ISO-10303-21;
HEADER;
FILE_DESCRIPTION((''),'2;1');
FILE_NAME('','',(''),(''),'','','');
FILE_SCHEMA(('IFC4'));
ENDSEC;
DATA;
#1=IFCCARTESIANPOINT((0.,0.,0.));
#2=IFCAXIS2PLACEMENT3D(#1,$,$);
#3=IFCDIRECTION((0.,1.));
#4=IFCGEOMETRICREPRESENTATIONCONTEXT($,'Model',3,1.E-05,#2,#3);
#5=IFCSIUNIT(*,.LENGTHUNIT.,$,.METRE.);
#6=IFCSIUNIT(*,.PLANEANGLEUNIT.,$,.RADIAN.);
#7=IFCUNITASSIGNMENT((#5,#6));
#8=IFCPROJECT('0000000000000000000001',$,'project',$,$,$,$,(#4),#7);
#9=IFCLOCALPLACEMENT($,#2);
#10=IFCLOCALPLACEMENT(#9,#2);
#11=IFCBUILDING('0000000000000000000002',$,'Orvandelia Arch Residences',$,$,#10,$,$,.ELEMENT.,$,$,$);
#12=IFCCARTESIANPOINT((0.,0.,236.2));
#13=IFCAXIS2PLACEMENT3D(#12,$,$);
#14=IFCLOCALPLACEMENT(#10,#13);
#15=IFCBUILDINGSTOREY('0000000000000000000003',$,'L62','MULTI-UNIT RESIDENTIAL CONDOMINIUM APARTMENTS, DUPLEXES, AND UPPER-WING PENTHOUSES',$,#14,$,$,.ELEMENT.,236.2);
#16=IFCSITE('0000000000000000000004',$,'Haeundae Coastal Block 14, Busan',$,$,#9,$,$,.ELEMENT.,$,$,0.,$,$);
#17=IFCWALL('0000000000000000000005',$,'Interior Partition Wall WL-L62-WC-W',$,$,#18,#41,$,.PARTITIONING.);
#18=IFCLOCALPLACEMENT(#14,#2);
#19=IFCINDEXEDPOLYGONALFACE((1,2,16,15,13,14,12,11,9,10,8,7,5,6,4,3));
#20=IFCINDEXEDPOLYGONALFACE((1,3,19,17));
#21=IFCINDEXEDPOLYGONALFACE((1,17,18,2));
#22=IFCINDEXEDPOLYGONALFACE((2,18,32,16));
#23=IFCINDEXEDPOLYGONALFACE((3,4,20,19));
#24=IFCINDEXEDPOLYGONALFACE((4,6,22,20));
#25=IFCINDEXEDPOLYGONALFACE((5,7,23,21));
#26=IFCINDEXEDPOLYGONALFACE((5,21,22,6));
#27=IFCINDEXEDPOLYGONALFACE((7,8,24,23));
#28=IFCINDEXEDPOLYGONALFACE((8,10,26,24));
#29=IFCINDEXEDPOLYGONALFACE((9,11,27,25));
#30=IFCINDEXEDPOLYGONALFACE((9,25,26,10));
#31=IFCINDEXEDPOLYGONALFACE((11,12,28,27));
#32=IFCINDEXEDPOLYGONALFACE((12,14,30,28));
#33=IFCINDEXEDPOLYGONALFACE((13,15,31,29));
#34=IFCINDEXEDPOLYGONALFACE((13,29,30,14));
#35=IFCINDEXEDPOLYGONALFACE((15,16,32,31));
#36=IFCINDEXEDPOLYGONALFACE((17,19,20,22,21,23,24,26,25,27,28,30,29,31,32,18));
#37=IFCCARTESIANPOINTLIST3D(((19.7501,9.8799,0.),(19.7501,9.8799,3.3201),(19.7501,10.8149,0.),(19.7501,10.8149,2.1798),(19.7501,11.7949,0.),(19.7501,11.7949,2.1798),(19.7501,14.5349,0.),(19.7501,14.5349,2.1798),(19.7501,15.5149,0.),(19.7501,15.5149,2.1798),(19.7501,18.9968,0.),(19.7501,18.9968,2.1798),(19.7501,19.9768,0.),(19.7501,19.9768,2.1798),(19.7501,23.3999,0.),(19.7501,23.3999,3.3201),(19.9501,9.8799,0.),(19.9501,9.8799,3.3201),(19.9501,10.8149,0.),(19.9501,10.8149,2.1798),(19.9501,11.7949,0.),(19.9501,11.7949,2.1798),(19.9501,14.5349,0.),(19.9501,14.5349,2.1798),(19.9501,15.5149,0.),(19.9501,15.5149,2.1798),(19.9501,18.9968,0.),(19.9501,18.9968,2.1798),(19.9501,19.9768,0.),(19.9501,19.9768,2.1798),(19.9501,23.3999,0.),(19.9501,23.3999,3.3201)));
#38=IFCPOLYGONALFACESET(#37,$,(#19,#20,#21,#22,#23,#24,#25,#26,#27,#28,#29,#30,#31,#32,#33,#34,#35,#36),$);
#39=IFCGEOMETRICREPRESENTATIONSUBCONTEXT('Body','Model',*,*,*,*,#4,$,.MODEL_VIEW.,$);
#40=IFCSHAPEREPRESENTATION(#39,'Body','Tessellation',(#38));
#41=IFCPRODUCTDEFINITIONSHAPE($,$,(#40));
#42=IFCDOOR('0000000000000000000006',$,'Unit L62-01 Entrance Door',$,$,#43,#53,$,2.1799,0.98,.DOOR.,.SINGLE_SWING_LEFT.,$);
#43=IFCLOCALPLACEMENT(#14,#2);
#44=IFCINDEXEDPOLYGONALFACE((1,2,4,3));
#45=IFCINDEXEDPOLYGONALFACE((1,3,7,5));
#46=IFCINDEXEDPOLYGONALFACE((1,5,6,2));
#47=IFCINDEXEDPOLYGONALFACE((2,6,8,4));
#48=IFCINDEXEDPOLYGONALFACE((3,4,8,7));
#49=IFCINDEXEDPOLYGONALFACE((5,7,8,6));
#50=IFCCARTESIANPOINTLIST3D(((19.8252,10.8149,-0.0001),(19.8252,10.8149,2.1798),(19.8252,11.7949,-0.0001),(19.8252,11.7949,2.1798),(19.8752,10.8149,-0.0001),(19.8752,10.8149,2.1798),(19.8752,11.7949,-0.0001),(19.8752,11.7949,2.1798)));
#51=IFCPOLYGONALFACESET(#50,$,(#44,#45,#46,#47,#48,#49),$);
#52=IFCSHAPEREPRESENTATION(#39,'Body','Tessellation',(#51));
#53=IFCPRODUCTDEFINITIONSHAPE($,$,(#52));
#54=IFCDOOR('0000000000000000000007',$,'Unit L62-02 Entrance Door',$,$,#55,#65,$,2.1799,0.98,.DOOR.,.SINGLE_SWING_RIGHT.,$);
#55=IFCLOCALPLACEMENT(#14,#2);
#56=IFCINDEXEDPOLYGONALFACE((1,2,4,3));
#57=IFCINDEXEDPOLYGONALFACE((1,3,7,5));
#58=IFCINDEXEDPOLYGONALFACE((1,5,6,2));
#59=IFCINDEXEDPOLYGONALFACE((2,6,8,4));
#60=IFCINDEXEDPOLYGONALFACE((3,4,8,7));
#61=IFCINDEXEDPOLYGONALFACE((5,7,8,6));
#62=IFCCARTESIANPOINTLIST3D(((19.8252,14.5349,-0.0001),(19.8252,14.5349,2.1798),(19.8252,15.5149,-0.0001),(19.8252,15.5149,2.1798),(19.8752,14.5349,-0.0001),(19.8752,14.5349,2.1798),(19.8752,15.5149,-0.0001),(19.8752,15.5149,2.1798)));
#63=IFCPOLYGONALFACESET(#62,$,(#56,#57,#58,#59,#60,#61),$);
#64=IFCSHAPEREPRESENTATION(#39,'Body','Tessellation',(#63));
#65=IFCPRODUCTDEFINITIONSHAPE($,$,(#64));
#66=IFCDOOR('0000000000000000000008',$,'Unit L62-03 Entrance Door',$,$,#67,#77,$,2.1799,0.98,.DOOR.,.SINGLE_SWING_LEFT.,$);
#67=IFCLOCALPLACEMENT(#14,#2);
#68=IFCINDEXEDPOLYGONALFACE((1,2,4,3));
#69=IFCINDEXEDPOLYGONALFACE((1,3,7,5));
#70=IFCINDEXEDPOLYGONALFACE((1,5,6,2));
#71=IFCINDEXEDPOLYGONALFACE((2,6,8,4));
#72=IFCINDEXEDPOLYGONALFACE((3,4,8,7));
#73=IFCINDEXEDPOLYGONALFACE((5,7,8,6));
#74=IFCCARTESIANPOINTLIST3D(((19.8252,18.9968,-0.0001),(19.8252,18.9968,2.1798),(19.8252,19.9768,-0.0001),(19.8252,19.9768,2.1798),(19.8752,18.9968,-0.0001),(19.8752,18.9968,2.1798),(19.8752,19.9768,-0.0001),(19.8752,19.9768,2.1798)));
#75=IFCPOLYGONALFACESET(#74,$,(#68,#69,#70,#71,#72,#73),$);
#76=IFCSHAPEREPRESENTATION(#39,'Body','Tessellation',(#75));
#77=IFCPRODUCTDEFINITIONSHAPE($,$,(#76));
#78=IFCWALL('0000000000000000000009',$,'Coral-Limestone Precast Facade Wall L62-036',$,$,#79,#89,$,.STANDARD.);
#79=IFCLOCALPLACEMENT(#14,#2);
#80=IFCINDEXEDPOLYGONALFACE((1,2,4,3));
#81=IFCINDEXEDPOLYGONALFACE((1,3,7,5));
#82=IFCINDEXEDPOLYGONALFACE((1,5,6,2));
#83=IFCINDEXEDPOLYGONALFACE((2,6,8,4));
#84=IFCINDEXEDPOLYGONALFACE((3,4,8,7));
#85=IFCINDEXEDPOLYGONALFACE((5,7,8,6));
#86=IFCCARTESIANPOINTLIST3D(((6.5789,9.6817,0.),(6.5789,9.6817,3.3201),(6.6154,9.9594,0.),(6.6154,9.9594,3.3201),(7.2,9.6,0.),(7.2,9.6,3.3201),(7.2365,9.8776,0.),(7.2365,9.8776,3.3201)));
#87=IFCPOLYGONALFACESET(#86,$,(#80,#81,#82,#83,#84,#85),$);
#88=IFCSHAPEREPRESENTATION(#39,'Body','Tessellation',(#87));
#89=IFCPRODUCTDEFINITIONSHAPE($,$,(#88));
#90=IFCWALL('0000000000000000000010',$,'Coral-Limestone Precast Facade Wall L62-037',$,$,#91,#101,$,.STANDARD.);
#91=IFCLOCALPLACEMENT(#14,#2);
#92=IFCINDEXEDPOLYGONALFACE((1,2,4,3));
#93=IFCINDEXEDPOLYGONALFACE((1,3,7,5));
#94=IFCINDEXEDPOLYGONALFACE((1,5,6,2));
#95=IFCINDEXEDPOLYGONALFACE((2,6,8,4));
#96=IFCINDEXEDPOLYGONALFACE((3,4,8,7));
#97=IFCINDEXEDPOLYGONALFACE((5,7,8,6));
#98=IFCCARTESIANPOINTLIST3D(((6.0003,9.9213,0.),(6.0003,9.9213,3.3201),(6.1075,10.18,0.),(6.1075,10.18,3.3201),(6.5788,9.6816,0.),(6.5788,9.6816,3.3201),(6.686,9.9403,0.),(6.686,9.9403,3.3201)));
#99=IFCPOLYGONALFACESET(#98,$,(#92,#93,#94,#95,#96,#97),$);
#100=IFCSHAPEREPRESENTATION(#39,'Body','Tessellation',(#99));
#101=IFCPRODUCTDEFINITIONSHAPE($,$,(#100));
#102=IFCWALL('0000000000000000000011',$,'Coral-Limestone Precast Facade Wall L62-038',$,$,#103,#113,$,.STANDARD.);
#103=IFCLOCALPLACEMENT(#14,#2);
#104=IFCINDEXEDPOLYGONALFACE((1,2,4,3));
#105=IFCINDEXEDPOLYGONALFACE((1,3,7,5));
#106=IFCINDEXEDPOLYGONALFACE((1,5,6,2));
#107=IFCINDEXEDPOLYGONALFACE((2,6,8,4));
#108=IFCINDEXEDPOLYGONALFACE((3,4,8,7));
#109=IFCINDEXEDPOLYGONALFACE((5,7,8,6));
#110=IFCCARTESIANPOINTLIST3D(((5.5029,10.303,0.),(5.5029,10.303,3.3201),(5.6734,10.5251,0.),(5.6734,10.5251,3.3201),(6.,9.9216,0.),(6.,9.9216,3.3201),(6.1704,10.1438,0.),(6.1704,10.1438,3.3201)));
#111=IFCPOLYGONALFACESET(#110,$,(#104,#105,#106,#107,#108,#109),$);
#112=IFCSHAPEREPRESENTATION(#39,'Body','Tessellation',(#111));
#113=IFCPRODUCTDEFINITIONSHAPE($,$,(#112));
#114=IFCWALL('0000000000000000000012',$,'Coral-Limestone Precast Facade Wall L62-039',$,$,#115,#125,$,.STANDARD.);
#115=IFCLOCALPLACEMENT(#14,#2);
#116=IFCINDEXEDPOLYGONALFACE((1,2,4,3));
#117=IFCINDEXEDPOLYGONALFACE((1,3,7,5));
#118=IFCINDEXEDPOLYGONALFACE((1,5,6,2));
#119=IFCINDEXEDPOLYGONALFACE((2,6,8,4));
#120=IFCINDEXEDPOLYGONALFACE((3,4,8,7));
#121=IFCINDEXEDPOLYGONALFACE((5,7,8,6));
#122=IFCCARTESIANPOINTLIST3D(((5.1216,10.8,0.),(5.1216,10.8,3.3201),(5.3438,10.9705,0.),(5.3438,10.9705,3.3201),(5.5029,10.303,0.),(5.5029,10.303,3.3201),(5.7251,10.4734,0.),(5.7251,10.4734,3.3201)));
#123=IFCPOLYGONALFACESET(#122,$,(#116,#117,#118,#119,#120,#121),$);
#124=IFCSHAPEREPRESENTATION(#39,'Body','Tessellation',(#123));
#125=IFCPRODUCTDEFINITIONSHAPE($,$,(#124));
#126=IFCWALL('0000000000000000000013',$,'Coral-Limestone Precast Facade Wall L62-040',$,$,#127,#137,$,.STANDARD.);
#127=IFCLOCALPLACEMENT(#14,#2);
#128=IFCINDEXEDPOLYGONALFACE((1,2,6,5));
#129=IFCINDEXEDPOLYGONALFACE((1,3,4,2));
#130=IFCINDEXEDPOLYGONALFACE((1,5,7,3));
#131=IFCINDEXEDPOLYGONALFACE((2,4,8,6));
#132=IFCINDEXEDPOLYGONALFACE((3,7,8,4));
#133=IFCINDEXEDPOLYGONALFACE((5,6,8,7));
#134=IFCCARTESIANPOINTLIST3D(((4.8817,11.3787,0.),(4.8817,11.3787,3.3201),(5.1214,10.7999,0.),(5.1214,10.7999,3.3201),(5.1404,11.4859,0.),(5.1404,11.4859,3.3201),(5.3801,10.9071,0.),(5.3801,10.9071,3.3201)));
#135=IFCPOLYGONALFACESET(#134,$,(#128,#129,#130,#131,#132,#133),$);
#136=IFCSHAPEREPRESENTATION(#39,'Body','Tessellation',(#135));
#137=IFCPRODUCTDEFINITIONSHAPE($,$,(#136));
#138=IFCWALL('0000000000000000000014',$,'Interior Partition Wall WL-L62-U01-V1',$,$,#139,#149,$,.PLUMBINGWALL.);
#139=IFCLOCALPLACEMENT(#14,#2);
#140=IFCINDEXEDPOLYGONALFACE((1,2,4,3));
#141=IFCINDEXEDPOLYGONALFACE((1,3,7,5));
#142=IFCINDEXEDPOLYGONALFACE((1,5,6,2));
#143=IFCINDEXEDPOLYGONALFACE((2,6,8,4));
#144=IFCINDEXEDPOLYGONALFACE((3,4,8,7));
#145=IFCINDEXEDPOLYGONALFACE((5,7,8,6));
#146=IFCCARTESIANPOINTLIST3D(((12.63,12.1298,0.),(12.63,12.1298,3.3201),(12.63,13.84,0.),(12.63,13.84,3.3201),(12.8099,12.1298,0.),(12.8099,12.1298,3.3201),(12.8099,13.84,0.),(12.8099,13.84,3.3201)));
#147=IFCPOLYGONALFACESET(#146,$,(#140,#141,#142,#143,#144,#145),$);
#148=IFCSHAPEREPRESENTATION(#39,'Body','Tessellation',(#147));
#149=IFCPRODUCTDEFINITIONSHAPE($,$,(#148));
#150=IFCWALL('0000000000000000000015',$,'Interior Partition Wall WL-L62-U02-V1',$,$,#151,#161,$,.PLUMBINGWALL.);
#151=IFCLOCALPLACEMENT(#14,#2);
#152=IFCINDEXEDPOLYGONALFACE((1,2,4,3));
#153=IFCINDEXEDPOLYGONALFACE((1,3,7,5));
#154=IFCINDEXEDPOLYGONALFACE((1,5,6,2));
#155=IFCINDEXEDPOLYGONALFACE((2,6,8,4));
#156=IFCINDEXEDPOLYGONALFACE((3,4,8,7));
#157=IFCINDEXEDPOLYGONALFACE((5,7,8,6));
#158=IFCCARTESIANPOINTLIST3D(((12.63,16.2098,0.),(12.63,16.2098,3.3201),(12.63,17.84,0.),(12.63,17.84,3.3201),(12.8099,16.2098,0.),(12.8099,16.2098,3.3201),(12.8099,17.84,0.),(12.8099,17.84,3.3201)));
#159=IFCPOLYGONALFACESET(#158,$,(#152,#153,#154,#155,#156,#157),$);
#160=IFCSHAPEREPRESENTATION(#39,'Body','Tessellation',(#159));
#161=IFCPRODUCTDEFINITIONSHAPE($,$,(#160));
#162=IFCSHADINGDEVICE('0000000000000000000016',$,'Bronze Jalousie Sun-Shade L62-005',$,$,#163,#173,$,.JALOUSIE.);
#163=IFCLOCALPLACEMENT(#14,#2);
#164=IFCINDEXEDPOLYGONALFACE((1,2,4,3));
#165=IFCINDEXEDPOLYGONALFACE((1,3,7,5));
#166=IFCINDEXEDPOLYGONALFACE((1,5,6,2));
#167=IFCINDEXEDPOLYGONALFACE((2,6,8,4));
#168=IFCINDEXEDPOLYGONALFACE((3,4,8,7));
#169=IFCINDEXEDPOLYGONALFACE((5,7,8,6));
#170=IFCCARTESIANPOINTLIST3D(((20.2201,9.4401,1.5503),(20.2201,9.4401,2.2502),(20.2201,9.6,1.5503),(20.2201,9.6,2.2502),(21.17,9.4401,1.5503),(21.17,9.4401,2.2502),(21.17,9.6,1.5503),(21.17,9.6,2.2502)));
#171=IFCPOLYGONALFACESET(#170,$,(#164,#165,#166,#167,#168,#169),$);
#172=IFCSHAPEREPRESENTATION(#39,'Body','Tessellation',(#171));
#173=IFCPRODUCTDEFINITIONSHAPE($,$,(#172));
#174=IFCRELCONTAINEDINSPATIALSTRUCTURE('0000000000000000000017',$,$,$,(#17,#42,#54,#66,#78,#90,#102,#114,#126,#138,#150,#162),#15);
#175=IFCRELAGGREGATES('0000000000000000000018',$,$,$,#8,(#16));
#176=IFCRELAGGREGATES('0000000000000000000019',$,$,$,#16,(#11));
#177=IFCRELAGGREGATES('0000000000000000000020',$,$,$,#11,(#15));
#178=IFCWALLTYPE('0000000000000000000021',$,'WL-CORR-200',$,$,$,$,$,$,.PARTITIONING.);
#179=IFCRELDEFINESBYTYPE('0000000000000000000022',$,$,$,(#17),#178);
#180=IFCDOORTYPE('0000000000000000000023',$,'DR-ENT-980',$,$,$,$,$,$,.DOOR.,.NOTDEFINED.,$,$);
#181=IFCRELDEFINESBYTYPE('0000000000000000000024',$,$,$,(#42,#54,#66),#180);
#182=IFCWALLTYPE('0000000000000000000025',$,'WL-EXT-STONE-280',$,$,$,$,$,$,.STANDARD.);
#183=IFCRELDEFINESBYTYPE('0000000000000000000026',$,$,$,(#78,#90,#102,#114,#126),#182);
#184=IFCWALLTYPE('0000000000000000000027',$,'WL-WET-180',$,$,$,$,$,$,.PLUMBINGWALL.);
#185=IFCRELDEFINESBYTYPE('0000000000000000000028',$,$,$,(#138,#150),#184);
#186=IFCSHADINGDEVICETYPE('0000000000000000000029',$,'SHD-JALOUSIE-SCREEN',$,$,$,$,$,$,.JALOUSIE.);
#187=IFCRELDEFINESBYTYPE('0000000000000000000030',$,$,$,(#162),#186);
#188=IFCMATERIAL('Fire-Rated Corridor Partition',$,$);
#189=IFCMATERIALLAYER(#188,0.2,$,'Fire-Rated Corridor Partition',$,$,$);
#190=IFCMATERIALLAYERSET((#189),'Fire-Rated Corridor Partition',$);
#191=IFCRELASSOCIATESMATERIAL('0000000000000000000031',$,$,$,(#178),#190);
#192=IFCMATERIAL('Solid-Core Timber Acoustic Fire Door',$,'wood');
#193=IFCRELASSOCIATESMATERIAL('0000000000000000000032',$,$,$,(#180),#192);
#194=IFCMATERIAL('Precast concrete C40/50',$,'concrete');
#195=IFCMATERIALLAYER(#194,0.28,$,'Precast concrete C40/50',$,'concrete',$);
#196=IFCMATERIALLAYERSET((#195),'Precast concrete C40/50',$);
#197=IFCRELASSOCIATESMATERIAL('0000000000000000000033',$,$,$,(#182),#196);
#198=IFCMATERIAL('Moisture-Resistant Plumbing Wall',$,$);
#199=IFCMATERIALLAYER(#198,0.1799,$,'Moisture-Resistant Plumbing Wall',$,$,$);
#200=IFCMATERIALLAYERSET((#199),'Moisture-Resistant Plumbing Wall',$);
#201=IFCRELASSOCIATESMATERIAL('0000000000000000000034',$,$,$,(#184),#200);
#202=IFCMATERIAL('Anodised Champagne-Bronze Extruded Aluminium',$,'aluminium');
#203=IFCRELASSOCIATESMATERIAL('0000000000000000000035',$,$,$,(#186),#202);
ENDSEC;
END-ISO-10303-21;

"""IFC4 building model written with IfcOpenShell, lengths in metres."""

from ifc_helpers import new_model, si_unit, direction, frame, frame_2d, origin, origin_2d, place, context, subcontext, project, spatial, rectangle, extrude, material, layer, layer_set, type_object, element, fill, save


model = new_model("IFC4")

# Units and contexts
model_context = context("Model", 3, precision=1e-05, world=origin(), true_north=direction((0.0, 1.0)))
body_context = subcontext(model_context, "Body", "Model", "MODEL_VIEW")
ifc_project = project(units=[si_unit("LENGTHUNIT", "METRE"), si_unit("PLANEANGLEUNIT", "RADIAN")], contexts=[model_context])

# Site, building, storey
site_placement = place(None, origin())
site = spatial("IfcSite", under=ifc_project, at=site_placement, Name="Haeundae Coastal Block 14, Busan", CompositionType="ELEMENT", RefElevation=0.0)
building_placement = place(site_placement, origin())
building = spatial("IfcBuilding", under=site, at=building_placement, Name="Orvandelia Arch Residences", CompositionType="ELEMENT")
storey_placement = place(building_placement, frame((0.0, 0.0, 236.2)))
storey = spatial("IfcBuildingStorey", under=building, at=storey_placement, Name="L62", Description="MULTI-UNIT RESIDENTIAL CONDOMINIUM APARTMENTS, DUPLEXES, AND UPPER-WING PENTHOUSES", CompositionType="ELEMENT", Elevation=236.2)

# Wall, openings, doors
ifc_material_1 = material(Name="Fire-Rated Corridor Partition")
ifc_layer_1 = layer(ifc_material_1, 0.2, Name="Fire-Rated Corridor Partition")
ifc_layer_set_1 = layer_set([ifc_layer_1], Name="Fire-Rated Corridor Partition")
wall_type_1 = type_object("IfcWallType", Name="WL-CORR-200", PredefinedType="PARTITIONING", material=ifc_layer_set_1)
wall_1_placement = place(storey_placement, frame((19.8501, 9.8799, 0.0), z_axis=(0.0, 0.0, 1.0), x_axis=(0.0, 1.0, 0.0)))
wall_1 = element("IfcWall", 1, at=wall_1_placement, inside=storey, type_object=wall_type_1, Name="Interior Partition Wall WL-L62-WC-W", PredefinedType="PARTITIONING", context=body_context, shape_type="SweptSolid", body=[
    extrude(rectangle(XDim=13.52, YDim=0.2, at=frame_2d((6.76, 0.0))), origin(), (0.0, 0.0, 1.0), 3.3201),
])
opening_1_placement = place(wall_1_placement, frame((0.9351, 0.0, 0.0)))
opening_1 = element("IfcOpeningElement", 2, at=opening_1_placement, cuts=wall_1, PredefinedType="OPENING", context=body_context, shape_type="SweptSolid", body=[
    extrude(rectangle(XDim=0.98, YDim=2.1799, at=frame_2d((0.49, 1.0898))), frame((0.0, 0.1099, 0.0), z_axis=(0.0, -1.0, 0.0), x_axis=(1.0, 0.0, 0.0)), (0.0, 0.0, 1.0), 0.22),
])
opening_2_placement = place(wall_1_placement, frame((4.655, 0.0, 0.0)))
opening_2 = element("IfcOpeningElement", 3, at=opening_2_placement, cuts=wall_1, PredefinedType="OPENING", context=body_context, shape_type="SweptSolid", body=[
    extrude(rectangle(XDim=0.98, YDim=2.1799, at=frame_2d((0.49, 1.0898))), frame((0.0, 0.1099, 0.0), z_axis=(0.0, -1.0, 0.0), x_axis=(1.0, 0.0, 0.0)), (0.0, 0.0, 1.0), 0.22),
])
opening_3_placement = place(wall_1_placement, frame((9.1169, 0.0, 0.0)))
opening_3 = element("IfcOpeningElement", 4, at=opening_3_placement, cuts=wall_1, PredefinedType="OPENING", context=body_context, shape_type="SweptSolid", body=[
    extrude(rectangle(XDim=0.98, YDim=2.1799, at=frame_2d((0.49, 1.0898))), frame((0.0, 0.1099, 0.0), z_axis=(0.0, -1.0, 0.0), x_axis=(1.0, 0.0, 0.0)), (0.0, 0.0, 1.0), 0.22),
])
ifc_material_2 = material(Name="Solid-Core Timber Acoustic Fire Door", Category="wood")
door_type = type_object("IfcDoorType", Name="DR-ENT-980", OperationType="NOTDEFINED", PredefinedType="DOOR", material=ifc_material_2)
door_1_placement = place(opening_1_placement, origin())
door_1 = element("IfcDoor", 5, at=door_1_placement, inside=storey, type_object=door_type, Name="Unit L62-01 Entrance Door", OperationType="SINGLE_SWING_LEFT", OverallHeight=2.1799, OverallWidth=0.98, PredefinedType="DOOR", context=body_context, shape_type="SweptSolid", body=[
    extrude(rectangle(XDim=0.98, YDim=2.1799, at=frame_2d((0.49, 1.0898))), frame((0.0, 0.0249, 0.0), z_axis=(0.0, -1.0, 0.0), x_axis=(1.0, 0.0, 0.0)), (0.0, 0.0, 1.0), 0.05),
])
fill(opening_1, door_1)
door_2_placement = place(opening_2_placement, origin())
door_2 = element("IfcDoor", 6, at=door_2_placement, inside=storey, type_object=door_type, Name="Unit L62-02 Entrance Door", OperationType="SINGLE_SWING_RIGHT", OverallHeight=2.1799, OverallWidth=0.98, PredefinedType="DOOR", context=body_context, shape_type="SweptSolid", body=[
    extrude(rectangle(XDim=0.98, YDim=2.1799, at=frame_2d((0.49, 1.0898))), frame((0.0, 0.0249, 0.0), z_axis=(0.0, -1.0, 0.0), x_axis=(1.0, 0.0, 0.0)), (0.0, 0.0, 1.0), 0.05),
])
fill(opening_2, door_2)
door_3_placement = place(opening_3_placement, origin())
door_3 = element("IfcDoor", 7, at=door_3_placement, inside=storey, type_object=door_type, Name="Unit L62-03 Entrance Door", OperationType="SINGLE_SWING_LEFT", OverallHeight=2.1799, OverallWidth=0.98, PredefinedType="DOOR", context=body_context, shape_type="SweptSolid", body=[
    extrude(rectangle(XDim=0.98, YDim=2.1799, at=frame_2d((0.49, 1.0898))), frame((0.0, 0.0249, 0.0), z_axis=(0.0, -1.0, 0.0), x_axis=(1.0, 0.0, 0.0)), (0.0, 0.0, 1.0), 0.05),
])
fill(opening_3, door_3)

# Walls
ifc_material_3 = material(Name="Precast concrete C40/50", Category="concrete")
ifc_layer_2 = layer(ifc_material_3, 0.28, Name="Precast concrete C40/50", Category="concrete")
ifc_layer_set_2 = layer_set([ifc_layer_2], Name="Precast concrete C40/50")
wall_type_2 = type_object("IfcWallType", Name="WL-EXT-STONE-280", PredefinedType="STANDARD", material=ifc_layer_set_2)
wall_2_placement = place(storey_placement, frame((7.2183, 9.7388, 0.0), z_axis=(0.0, 0.0, 1.0), x_axis=(-0.991441, 0.130555, 0.0)))
element("IfcWall", 8, at=wall_2_placement, inside=storey, type_object=wall_type_2, Name="Coral-Limestone Precast Facade Wall L62-036", PredefinedType="STANDARD", context=body_context, shape_type="SweptSolid", body=[
    extrude(rectangle(XDim=0.6265, YDim=0.28, at=frame_2d((0.3132, 0.0))), origin(), (0.0, 0.0, 1.0), 3.3201),
])
wall_3_placement = place(storey_placement, frame((6.6323, 9.811, 0.0), z_axis=(0.0, 0.0, 1.0), x_axis=(-0.923836, 0.382788, 0.0)))
element("IfcWall", 9, at=wall_3_placement, inside=storey, type_object=wall_type_2, Name="Coral-Limestone Precast Facade Wall L62-037", PredefinedType="STANDARD", context=body_context, shape_type="SweptSolid", body=[
    extrude(rectangle(XDim=0.6262, YDim=0.28, at=frame_2d((0.313, 0.0))), origin(), (0.0, 0.0, 1.0), 3.3201),
])
for number, where, z_axis, x_axis, name in (
    (10, (6.0852, 10.0327, 0.0), (0.0, 0.0, 1.0), (-0.793406, 0.608693, 0.0), "Coral-Limestone Precast Facade Wall L62-038"),
    (11, (5.614, 10.3882, 0.0), (0.0, 0.0, 1.0), (-0.608693, 0.793406, 0.0), "Coral-Limestone Precast Facade Wall L62-039"),
    (12, (5.2507, 10.8535, 0.0), (0.0, 0.0, 1.0), (-0.38265, 0.923893, 0.0), "Coral-Limestone Precast Facade Wall L62-040"),
):
    element("IfcWall", number, at=place(storey_placement, frame(where, z_axis=z_axis, x_axis=x_axis)), inside=storey, type_object=wall_type_2, Name=name, PredefinedType="STANDARD", context=body_context, shape_type="SweptSolid", body=[
        extrude(rectangle(XDim=0.6265, YDim=0.28, at=frame_2d((0.3132, 0.0))), origin(), (0.0, 0.0, 1.0), 3.3201),
    ])
ifc_material_4 = material(Name="Moisture-Resistant Plumbing Wall")
ifc_layer_3 = layer(ifc_material_4, 0.1799, Name="Moisture-Resistant Plumbing Wall")
ifc_layer_set_3 = layer_set([ifc_layer_3], Name="Moisture-Resistant Plumbing Wall")
wall_type_3 = type_object("IfcWallType", Name="WL-WET-180", PredefinedType="PLUMBINGWALL", material=ifc_layer_set_3)
wall_4_placement = place(storey_placement, frame((12.72, 12.1299, 0.0), z_axis=(0.0, 0.0, 1.0), x_axis=(0.0, 1.0, 0.0)))
element("IfcWall", 13, at=wall_4_placement, inside=storey, type_object=wall_type_3, Name="Interior Partition Wall WL-L62-U01-V1", PredefinedType="PLUMBINGWALL", context=body_context, shape_type="SweptSolid", body=[
    extrude(rectangle(XDim=1.7102, YDim=0.1799, at=frame_2d((0.855, 0.0))), origin(), (0.0, 0.0, 1.0), 3.3201),
])
wall_5_placement = place(storey_placement, frame((12.72, 16.21, 0.0), z_axis=(0.0, 0.0, 1.0), x_axis=(0.0, 1.0, 0.0)))
element("IfcWall", 14, at=wall_5_placement, inside=storey, type_object=wall_type_3, Name="Interior Partition Wall WL-L62-U02-V1", PredefinedType="PLUMBINGWALL", context=body_context, shape_type="SweptSolid", body=[
    extrude(rectangle(XDim=1.6301, YDim=0.1799, at=frame_2d((0.8149, 0.0))), origin(), (0.0, 0.0, 1.0), 3.3201),
])

# Shading device
ifc_material_5 = material(Name="Anodised Champagne-Bronze Extruded Aluminium", Category="aluminium")
shading_device_type = type_object("IfcShadingDeviceType", Name="SHD-JALOUSIE-SCREEN", PredefinedType="JALOUSIE", material=ifc_material_5)
shading_device_placement = place(storey_placement, frame((20.6951, 9.52, 1.5503), z_axis=(0.0, 0.0, 1.0), x_axis=(-1.0, 0.0, 0.0)))
element("IfcShadingDevice", 15, at=shading_device_placement, inside=storey, type_object=shading_device_type, Name="Bronze Jalousie Sun-Shade L62-005", PredefinedType="JALOUSIE", context=body_context, shape_type="SweptSolid", body=[
    extrude(rectangle(XDim=0.95, YDim=0.1599, at=origin_2d()), origin(), (0.0, 0.0, 1.0), 0.7),
])

save(model, "model.ifc")
